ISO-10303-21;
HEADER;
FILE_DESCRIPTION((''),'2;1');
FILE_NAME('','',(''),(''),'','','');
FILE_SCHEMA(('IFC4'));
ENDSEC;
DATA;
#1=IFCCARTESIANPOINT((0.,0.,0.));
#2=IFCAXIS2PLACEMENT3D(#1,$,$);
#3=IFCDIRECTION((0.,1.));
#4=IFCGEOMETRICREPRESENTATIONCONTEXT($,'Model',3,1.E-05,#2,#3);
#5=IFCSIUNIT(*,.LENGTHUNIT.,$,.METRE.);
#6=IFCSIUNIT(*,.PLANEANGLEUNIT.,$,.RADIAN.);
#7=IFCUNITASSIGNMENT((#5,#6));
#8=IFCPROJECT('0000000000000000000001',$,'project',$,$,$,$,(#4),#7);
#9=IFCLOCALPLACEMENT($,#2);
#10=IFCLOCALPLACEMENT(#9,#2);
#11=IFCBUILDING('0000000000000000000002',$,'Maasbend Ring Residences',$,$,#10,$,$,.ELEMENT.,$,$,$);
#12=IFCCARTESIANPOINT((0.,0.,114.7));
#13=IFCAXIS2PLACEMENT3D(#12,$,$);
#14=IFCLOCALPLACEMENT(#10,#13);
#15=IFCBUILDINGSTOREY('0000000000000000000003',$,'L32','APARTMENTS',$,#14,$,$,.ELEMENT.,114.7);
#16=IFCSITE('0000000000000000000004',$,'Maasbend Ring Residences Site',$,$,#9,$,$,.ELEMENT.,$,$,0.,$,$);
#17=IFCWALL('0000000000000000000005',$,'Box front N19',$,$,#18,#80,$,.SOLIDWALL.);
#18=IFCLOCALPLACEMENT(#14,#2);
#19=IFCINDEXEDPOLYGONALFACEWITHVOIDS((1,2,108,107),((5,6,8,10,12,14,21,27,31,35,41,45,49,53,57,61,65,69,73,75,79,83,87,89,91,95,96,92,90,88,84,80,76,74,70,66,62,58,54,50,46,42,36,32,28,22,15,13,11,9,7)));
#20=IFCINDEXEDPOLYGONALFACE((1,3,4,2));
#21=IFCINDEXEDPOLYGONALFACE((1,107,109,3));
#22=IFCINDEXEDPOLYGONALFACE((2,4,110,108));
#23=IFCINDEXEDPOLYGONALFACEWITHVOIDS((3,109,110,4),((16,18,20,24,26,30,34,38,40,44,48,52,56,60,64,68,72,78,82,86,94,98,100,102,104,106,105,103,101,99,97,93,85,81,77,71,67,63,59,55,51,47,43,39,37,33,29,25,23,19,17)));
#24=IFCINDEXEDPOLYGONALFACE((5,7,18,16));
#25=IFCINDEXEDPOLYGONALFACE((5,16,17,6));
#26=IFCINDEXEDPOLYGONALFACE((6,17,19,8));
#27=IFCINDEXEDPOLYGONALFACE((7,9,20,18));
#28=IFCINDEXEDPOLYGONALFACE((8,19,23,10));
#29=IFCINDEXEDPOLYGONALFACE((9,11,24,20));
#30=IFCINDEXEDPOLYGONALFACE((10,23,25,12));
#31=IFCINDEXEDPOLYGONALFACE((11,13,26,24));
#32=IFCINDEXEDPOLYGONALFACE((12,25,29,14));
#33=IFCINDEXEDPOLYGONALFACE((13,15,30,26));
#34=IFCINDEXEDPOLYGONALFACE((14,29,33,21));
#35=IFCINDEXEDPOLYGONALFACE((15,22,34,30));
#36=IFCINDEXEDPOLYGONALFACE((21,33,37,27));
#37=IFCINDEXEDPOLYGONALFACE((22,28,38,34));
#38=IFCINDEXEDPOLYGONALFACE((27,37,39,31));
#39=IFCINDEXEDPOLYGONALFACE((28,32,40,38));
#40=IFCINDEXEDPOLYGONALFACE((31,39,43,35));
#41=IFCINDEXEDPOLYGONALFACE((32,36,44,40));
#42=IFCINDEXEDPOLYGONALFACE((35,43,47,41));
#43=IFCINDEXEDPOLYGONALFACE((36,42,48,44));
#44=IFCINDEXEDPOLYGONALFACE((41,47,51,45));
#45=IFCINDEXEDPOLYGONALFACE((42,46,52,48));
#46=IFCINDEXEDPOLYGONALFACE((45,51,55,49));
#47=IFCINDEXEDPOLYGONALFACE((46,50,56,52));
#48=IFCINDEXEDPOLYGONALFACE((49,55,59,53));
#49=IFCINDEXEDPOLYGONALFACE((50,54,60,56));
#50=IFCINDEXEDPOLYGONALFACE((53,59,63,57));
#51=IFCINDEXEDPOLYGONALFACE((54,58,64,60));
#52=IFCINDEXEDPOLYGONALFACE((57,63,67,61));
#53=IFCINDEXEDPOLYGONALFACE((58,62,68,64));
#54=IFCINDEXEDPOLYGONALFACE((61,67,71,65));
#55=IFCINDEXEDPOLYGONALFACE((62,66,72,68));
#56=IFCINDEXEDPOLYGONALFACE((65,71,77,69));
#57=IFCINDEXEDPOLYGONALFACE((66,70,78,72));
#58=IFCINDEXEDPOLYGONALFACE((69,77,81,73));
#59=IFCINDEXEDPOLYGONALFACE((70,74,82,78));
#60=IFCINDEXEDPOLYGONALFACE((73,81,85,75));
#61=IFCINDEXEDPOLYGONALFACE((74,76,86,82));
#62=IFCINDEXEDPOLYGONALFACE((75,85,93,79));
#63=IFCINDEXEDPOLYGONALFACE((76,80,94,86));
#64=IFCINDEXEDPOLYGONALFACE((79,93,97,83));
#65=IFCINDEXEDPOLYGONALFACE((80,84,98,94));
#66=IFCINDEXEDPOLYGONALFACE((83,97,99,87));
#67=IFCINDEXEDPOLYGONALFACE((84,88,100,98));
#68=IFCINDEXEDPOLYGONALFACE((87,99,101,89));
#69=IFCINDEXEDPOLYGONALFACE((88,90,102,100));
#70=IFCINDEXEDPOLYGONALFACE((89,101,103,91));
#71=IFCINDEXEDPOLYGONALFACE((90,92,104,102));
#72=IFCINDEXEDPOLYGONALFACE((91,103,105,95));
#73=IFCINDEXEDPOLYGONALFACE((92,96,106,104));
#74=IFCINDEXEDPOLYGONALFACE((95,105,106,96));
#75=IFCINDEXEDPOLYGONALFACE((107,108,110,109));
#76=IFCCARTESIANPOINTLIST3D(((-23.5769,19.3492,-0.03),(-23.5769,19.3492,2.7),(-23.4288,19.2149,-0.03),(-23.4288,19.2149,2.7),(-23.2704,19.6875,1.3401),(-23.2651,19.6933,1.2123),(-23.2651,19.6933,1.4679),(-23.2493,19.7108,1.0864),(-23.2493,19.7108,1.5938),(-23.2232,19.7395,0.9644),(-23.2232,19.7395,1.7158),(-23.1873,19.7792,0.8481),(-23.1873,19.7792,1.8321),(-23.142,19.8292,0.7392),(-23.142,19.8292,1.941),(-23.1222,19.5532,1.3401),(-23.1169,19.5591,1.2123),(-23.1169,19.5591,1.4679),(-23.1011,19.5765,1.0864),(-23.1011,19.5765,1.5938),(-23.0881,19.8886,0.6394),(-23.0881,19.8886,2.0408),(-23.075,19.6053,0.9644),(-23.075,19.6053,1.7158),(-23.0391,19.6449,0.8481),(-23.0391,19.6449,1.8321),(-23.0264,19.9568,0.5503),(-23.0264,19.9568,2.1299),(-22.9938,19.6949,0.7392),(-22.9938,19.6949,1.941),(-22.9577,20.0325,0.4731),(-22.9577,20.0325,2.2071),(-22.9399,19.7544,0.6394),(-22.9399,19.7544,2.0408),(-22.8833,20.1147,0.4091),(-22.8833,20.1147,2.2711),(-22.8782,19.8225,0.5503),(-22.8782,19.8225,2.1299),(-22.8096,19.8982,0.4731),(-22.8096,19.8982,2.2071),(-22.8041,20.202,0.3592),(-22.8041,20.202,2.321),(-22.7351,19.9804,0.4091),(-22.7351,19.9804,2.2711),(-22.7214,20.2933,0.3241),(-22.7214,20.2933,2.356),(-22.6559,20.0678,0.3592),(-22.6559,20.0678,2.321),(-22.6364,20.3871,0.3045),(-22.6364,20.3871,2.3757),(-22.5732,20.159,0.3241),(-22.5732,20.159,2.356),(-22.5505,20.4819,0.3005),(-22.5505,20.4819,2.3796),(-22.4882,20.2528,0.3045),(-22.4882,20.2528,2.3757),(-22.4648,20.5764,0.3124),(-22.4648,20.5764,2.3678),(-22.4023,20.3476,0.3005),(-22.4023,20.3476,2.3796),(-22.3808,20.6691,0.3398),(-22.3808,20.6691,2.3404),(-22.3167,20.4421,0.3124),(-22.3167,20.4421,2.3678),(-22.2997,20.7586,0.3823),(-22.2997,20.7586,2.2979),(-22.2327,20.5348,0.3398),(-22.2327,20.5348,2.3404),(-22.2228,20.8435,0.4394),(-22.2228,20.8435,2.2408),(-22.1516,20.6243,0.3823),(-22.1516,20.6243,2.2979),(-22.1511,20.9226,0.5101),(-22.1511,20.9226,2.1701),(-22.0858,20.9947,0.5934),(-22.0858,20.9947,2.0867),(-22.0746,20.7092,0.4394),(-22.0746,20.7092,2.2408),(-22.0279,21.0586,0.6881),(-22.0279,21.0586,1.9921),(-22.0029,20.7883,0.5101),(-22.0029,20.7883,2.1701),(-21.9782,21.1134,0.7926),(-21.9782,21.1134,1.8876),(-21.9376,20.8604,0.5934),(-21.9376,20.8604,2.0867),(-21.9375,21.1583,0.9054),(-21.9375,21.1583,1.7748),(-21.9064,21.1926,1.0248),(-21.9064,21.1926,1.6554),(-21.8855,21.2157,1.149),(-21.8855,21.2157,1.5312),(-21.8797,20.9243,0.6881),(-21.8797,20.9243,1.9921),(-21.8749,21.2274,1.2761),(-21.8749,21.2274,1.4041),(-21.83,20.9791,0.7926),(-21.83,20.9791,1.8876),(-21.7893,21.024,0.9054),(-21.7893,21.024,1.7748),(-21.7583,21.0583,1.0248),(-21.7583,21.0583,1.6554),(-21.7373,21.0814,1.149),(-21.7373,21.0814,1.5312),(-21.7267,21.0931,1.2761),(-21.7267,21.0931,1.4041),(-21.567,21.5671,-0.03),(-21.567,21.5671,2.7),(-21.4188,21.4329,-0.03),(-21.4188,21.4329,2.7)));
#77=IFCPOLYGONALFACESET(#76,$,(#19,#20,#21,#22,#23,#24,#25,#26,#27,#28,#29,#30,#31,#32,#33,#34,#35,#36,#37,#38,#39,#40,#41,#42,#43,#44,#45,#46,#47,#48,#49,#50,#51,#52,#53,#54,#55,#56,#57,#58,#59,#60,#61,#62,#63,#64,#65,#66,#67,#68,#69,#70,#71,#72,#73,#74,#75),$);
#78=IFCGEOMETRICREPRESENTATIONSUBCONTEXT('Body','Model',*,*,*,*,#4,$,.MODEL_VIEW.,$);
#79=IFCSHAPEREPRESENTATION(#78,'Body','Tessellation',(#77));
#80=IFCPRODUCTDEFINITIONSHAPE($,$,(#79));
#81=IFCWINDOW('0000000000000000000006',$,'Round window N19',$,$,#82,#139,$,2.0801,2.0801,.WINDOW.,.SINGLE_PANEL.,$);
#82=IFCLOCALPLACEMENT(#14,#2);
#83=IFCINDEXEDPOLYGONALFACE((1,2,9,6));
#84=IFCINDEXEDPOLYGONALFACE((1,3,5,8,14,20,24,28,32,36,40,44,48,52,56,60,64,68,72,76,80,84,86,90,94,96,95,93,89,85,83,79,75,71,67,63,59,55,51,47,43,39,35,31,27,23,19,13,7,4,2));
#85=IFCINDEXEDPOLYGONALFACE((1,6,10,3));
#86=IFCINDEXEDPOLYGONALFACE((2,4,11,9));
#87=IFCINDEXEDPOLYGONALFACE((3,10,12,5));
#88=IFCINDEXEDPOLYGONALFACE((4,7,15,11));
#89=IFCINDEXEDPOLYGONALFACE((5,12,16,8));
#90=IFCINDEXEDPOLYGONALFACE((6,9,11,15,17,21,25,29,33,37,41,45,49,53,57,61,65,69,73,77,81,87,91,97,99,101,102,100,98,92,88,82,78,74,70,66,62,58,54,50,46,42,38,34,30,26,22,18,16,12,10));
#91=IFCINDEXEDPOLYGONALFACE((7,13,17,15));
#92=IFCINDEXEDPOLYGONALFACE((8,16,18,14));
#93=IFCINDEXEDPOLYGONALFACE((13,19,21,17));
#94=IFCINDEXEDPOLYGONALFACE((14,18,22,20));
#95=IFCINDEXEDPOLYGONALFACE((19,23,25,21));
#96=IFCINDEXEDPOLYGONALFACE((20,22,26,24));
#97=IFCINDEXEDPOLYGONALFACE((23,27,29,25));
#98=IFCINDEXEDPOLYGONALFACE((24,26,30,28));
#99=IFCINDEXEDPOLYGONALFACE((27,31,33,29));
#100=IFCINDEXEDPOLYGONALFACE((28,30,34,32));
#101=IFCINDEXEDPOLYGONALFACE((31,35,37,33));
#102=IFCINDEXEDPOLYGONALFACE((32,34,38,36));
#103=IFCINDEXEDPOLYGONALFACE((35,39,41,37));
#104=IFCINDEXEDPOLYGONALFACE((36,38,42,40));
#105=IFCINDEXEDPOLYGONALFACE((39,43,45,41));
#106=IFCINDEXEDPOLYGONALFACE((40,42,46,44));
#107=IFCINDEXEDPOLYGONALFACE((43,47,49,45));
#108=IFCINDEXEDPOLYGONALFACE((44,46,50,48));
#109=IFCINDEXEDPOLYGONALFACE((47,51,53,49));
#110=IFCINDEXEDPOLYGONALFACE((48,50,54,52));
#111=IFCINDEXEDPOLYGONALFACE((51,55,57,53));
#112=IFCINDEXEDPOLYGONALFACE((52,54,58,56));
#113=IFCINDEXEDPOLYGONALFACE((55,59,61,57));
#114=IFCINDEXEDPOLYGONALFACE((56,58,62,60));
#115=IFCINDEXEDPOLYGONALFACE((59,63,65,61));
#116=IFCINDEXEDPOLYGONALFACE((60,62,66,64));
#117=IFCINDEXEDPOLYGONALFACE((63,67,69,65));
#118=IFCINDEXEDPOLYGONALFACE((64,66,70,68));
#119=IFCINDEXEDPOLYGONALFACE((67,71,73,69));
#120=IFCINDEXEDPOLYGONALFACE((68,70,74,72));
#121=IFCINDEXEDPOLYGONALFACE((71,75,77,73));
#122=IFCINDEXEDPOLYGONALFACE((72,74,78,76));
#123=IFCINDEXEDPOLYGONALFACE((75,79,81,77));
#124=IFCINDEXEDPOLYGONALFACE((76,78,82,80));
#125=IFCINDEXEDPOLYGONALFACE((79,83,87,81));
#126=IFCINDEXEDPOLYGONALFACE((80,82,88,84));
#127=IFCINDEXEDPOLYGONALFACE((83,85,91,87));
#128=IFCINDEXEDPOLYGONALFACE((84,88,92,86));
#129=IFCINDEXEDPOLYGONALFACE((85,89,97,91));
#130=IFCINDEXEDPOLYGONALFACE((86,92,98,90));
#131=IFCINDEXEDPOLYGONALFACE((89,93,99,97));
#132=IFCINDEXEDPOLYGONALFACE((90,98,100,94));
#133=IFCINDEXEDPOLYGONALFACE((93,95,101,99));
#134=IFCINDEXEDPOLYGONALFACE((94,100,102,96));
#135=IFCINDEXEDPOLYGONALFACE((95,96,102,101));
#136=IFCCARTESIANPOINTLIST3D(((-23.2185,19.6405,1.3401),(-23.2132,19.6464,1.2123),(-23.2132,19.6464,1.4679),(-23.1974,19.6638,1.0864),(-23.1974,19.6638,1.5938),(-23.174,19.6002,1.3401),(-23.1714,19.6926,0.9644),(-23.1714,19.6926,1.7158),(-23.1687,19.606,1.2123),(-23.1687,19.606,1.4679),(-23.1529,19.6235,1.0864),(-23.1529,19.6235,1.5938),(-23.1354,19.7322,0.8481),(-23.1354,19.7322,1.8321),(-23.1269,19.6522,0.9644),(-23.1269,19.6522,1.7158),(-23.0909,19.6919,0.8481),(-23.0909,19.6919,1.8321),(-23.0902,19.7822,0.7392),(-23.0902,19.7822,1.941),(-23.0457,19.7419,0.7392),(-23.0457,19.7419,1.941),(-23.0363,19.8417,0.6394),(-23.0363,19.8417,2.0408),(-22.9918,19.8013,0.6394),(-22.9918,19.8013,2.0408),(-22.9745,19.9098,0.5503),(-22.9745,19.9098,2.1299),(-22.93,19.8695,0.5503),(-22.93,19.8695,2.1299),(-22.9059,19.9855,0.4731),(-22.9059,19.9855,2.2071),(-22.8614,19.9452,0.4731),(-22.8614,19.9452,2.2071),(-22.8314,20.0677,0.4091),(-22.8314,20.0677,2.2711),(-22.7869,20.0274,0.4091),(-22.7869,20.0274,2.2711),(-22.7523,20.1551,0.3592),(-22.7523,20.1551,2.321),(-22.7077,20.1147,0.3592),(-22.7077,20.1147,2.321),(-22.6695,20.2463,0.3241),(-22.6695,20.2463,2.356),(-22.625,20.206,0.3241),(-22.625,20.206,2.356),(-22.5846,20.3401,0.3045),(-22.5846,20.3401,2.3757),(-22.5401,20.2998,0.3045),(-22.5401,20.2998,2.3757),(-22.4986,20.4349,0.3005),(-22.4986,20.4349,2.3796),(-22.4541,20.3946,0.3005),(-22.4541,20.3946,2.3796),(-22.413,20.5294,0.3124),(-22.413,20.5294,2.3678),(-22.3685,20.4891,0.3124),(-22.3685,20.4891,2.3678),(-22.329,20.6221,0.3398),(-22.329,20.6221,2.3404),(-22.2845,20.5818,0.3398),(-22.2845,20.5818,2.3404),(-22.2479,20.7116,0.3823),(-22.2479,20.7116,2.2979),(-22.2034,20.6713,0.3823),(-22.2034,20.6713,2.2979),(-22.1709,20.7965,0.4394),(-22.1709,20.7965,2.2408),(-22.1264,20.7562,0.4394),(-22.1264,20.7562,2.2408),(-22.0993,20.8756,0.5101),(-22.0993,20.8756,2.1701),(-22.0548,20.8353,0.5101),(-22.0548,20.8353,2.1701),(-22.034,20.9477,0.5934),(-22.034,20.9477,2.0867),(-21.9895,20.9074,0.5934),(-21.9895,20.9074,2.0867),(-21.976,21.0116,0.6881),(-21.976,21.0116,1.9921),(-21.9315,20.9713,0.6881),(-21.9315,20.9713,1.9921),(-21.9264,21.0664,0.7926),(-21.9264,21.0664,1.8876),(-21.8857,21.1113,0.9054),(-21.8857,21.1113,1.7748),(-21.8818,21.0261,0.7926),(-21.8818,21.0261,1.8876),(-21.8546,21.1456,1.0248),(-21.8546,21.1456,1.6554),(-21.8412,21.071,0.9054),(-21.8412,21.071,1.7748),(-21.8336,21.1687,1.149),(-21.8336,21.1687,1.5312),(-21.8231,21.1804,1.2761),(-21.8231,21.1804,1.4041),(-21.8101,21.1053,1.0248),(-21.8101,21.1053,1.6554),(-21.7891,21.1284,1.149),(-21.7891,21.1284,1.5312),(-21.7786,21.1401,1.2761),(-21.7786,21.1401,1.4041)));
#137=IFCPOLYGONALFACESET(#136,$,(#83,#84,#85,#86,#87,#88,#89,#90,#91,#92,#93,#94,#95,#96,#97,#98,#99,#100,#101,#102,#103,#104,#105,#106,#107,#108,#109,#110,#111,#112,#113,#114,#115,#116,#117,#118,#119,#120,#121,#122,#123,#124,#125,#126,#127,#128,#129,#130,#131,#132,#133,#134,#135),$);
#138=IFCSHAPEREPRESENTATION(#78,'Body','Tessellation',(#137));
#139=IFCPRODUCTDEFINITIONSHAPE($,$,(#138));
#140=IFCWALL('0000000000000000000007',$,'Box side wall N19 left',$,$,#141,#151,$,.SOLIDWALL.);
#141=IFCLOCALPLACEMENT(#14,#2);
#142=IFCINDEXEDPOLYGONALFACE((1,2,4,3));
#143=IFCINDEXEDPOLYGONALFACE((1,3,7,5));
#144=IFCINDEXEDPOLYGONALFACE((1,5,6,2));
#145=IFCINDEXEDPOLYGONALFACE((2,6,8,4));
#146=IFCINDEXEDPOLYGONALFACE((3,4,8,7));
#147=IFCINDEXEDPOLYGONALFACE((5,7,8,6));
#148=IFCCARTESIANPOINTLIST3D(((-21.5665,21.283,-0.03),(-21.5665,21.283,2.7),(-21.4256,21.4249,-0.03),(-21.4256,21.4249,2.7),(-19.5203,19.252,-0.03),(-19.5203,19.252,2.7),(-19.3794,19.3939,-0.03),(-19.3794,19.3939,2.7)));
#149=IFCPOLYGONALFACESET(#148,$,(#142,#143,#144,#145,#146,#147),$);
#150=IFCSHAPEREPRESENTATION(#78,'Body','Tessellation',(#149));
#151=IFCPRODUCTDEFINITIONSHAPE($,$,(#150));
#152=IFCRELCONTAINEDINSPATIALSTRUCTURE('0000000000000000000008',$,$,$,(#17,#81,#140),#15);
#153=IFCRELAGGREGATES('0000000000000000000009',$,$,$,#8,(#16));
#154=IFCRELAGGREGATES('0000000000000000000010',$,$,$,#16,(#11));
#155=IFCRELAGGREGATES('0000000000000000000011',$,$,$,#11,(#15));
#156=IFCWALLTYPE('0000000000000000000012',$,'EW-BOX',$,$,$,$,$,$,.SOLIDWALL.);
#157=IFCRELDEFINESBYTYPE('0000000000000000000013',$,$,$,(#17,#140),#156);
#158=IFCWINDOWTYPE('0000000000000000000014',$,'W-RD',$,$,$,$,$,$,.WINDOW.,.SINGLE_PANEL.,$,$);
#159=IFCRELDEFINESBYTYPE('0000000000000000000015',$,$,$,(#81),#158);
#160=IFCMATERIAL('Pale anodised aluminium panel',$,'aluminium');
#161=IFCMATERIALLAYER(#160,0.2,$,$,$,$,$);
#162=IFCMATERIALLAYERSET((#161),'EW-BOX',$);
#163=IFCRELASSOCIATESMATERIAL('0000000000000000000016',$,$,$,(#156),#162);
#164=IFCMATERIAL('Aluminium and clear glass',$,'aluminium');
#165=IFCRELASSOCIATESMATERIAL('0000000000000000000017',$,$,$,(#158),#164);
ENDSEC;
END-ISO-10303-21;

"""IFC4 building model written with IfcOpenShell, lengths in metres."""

from ifc_helpers import new_model, si_unit, direction, frame, frame_2d, origin, place, context, subcontext, project, spatial, rectangle, circle, extrude, material, layer, layer_set, type_object, element, fill, save


model = new_model("IFC4")

# Units and contexts
model_context = context("Model", 3, precision=1e-05, world=origin(), true_north=direction((0.0, 1.0)))
body_context = subcontext(model_context, "Body", "Model", "MODEL_VIEW")
ifc_project = project(units=[si_unit("LENGTHUNIT", "METRE"), si_unit("PLANEANGLEUNIT", "RADIAN")], contexts=[model_context])

# Site, building, storey
site_placement = place(None, origin())
site = spatial("IfcSite", under=ifc_project, at=site_placement, Name="Maasbend Ring Residences Site", CompositionType="ELEMENT", RefElevation=0.0)
building_placement = place(site_placement, origin())
building = spatial("IfcBuilding", under=site, at=building_placement, Name="Maasbend Ring Residences", CompositionType="ELEMENT")
storey_placement = place(building_placement, frame((0.0, 0.0, 114.7)))
storey = spatial("IfcBuildingStorey", under=building, at=storey_placement, Name="L32", Description="APARTMENTS", CompositionType="ELEMENT", Elevation=114.7)

# Shared definitions
ifc_material_1 = material(Name="Pale anodised aluminium panel", Category="aluminium")
ifc_layer_1 = layer(ifc_material_1, 0.2)
ifc_layer_set_1 = layer_set([ifc_layer_1], Name="EW-BOX")
wall_type_1 = type_object("IfcWallType", Name="EW-BOX", PredefinedType="SOLIDWALL", material=ifc_layer_set_1)
ifc_material_2 = material(Name="Aluminium and clear glass", Category="aluminium")
window_type_1 = type_object("IfcWindowType", Name="W-RD", PartitioningType="SINGLE_PANEL", PredefinedType="WINDOW", material=ifc_material_2)

# Wall, opening, window
wall_1_placement = place(storey_placement, frame((-21.4929, 21.5, -0.03), z_axis=(0.0, 0.0, 1.0), x_axis=(-0.671507, -0.740998, 0.0)))
wall_1 = element("IfcWall", 1, at=wall_1_placement, inside=storey, type_object=wall_type_1, Name="Box front N19", PredefinedType="SOLIDWALL", context=body_context, shape_type="SweptSolid", body=[
    extrude(rectangle(XDim=2.9932, YDim=0.2, at=frame_2d((1.4966, 0.0))), origin(), (0.0, 0.0, 1.0), 2.73),
])
opening_1_placement = place(wall_1_placement, frame((0.4565, 0.0, 0.3301)))
opening_1 = element("IfcOpeningElement", 2, at=opening_1_placement, cuts=wall_1, PredefinedType="OPENING", context=body_context, shape_type="SweptSolid", body=[
    extrude(circle(Radius=1.04, at=frame_2d((1.04, 1.04))), frame((0.0, 0.1099, 0.0), z_axis=(0.0, -1.0, 0.0), x_axis=(1.0, 0.0, 0.0)), (0.0, 0.0, 1.0), 0.22),
])
window_1_placement = place(opening_1_placement, origin())
window_1 = element("IfcWindow", 3, at=window_1_placement, inside=storey, type_object=window_type_1, Name="Round window N19", OverallHeight=2.0801, OverallWidth=2.0801, PartitioningType="SINGLE_PANEL", PredefinedType="WINDOW", context=body_context, shape_type="SweptSolid", body=[
    extrude(circle(Radius=1.04, at=frame_2d((1.04, 1.04))), frame((0.0, 0.03, 0.0), z_axis=(0.0, -1.0, 0.0), x_axis=(1.0, 0.0, 0.0)), (0.0, 0.0, 1.0), 0.0601),
])
fill(opening_1, window_1)

# Wall
wall_2_placement = place(storey_placement, frame((-19.45, 19.323, -0.03), z_axis=(0.0, 0.0, 1.0), x_axis=(-0.709727, 0.704477, 0.0)))
element("IfcWall", 4, at=wall_2_placement, inside=storey, type_object=wall_type_1, Name="Box side wall N19 left", PredefinedType="SOLIDWALL", context=body_context, shape_type="SweptSolid", body=[
    extrude(rectangle(XDim=2.8831, YDim=0.2, at=frame_2d((1.4414, 0.0))), origin(), (0.0, 0.0, 1.0), 2.73),
])

save(model, "model.ifc")
